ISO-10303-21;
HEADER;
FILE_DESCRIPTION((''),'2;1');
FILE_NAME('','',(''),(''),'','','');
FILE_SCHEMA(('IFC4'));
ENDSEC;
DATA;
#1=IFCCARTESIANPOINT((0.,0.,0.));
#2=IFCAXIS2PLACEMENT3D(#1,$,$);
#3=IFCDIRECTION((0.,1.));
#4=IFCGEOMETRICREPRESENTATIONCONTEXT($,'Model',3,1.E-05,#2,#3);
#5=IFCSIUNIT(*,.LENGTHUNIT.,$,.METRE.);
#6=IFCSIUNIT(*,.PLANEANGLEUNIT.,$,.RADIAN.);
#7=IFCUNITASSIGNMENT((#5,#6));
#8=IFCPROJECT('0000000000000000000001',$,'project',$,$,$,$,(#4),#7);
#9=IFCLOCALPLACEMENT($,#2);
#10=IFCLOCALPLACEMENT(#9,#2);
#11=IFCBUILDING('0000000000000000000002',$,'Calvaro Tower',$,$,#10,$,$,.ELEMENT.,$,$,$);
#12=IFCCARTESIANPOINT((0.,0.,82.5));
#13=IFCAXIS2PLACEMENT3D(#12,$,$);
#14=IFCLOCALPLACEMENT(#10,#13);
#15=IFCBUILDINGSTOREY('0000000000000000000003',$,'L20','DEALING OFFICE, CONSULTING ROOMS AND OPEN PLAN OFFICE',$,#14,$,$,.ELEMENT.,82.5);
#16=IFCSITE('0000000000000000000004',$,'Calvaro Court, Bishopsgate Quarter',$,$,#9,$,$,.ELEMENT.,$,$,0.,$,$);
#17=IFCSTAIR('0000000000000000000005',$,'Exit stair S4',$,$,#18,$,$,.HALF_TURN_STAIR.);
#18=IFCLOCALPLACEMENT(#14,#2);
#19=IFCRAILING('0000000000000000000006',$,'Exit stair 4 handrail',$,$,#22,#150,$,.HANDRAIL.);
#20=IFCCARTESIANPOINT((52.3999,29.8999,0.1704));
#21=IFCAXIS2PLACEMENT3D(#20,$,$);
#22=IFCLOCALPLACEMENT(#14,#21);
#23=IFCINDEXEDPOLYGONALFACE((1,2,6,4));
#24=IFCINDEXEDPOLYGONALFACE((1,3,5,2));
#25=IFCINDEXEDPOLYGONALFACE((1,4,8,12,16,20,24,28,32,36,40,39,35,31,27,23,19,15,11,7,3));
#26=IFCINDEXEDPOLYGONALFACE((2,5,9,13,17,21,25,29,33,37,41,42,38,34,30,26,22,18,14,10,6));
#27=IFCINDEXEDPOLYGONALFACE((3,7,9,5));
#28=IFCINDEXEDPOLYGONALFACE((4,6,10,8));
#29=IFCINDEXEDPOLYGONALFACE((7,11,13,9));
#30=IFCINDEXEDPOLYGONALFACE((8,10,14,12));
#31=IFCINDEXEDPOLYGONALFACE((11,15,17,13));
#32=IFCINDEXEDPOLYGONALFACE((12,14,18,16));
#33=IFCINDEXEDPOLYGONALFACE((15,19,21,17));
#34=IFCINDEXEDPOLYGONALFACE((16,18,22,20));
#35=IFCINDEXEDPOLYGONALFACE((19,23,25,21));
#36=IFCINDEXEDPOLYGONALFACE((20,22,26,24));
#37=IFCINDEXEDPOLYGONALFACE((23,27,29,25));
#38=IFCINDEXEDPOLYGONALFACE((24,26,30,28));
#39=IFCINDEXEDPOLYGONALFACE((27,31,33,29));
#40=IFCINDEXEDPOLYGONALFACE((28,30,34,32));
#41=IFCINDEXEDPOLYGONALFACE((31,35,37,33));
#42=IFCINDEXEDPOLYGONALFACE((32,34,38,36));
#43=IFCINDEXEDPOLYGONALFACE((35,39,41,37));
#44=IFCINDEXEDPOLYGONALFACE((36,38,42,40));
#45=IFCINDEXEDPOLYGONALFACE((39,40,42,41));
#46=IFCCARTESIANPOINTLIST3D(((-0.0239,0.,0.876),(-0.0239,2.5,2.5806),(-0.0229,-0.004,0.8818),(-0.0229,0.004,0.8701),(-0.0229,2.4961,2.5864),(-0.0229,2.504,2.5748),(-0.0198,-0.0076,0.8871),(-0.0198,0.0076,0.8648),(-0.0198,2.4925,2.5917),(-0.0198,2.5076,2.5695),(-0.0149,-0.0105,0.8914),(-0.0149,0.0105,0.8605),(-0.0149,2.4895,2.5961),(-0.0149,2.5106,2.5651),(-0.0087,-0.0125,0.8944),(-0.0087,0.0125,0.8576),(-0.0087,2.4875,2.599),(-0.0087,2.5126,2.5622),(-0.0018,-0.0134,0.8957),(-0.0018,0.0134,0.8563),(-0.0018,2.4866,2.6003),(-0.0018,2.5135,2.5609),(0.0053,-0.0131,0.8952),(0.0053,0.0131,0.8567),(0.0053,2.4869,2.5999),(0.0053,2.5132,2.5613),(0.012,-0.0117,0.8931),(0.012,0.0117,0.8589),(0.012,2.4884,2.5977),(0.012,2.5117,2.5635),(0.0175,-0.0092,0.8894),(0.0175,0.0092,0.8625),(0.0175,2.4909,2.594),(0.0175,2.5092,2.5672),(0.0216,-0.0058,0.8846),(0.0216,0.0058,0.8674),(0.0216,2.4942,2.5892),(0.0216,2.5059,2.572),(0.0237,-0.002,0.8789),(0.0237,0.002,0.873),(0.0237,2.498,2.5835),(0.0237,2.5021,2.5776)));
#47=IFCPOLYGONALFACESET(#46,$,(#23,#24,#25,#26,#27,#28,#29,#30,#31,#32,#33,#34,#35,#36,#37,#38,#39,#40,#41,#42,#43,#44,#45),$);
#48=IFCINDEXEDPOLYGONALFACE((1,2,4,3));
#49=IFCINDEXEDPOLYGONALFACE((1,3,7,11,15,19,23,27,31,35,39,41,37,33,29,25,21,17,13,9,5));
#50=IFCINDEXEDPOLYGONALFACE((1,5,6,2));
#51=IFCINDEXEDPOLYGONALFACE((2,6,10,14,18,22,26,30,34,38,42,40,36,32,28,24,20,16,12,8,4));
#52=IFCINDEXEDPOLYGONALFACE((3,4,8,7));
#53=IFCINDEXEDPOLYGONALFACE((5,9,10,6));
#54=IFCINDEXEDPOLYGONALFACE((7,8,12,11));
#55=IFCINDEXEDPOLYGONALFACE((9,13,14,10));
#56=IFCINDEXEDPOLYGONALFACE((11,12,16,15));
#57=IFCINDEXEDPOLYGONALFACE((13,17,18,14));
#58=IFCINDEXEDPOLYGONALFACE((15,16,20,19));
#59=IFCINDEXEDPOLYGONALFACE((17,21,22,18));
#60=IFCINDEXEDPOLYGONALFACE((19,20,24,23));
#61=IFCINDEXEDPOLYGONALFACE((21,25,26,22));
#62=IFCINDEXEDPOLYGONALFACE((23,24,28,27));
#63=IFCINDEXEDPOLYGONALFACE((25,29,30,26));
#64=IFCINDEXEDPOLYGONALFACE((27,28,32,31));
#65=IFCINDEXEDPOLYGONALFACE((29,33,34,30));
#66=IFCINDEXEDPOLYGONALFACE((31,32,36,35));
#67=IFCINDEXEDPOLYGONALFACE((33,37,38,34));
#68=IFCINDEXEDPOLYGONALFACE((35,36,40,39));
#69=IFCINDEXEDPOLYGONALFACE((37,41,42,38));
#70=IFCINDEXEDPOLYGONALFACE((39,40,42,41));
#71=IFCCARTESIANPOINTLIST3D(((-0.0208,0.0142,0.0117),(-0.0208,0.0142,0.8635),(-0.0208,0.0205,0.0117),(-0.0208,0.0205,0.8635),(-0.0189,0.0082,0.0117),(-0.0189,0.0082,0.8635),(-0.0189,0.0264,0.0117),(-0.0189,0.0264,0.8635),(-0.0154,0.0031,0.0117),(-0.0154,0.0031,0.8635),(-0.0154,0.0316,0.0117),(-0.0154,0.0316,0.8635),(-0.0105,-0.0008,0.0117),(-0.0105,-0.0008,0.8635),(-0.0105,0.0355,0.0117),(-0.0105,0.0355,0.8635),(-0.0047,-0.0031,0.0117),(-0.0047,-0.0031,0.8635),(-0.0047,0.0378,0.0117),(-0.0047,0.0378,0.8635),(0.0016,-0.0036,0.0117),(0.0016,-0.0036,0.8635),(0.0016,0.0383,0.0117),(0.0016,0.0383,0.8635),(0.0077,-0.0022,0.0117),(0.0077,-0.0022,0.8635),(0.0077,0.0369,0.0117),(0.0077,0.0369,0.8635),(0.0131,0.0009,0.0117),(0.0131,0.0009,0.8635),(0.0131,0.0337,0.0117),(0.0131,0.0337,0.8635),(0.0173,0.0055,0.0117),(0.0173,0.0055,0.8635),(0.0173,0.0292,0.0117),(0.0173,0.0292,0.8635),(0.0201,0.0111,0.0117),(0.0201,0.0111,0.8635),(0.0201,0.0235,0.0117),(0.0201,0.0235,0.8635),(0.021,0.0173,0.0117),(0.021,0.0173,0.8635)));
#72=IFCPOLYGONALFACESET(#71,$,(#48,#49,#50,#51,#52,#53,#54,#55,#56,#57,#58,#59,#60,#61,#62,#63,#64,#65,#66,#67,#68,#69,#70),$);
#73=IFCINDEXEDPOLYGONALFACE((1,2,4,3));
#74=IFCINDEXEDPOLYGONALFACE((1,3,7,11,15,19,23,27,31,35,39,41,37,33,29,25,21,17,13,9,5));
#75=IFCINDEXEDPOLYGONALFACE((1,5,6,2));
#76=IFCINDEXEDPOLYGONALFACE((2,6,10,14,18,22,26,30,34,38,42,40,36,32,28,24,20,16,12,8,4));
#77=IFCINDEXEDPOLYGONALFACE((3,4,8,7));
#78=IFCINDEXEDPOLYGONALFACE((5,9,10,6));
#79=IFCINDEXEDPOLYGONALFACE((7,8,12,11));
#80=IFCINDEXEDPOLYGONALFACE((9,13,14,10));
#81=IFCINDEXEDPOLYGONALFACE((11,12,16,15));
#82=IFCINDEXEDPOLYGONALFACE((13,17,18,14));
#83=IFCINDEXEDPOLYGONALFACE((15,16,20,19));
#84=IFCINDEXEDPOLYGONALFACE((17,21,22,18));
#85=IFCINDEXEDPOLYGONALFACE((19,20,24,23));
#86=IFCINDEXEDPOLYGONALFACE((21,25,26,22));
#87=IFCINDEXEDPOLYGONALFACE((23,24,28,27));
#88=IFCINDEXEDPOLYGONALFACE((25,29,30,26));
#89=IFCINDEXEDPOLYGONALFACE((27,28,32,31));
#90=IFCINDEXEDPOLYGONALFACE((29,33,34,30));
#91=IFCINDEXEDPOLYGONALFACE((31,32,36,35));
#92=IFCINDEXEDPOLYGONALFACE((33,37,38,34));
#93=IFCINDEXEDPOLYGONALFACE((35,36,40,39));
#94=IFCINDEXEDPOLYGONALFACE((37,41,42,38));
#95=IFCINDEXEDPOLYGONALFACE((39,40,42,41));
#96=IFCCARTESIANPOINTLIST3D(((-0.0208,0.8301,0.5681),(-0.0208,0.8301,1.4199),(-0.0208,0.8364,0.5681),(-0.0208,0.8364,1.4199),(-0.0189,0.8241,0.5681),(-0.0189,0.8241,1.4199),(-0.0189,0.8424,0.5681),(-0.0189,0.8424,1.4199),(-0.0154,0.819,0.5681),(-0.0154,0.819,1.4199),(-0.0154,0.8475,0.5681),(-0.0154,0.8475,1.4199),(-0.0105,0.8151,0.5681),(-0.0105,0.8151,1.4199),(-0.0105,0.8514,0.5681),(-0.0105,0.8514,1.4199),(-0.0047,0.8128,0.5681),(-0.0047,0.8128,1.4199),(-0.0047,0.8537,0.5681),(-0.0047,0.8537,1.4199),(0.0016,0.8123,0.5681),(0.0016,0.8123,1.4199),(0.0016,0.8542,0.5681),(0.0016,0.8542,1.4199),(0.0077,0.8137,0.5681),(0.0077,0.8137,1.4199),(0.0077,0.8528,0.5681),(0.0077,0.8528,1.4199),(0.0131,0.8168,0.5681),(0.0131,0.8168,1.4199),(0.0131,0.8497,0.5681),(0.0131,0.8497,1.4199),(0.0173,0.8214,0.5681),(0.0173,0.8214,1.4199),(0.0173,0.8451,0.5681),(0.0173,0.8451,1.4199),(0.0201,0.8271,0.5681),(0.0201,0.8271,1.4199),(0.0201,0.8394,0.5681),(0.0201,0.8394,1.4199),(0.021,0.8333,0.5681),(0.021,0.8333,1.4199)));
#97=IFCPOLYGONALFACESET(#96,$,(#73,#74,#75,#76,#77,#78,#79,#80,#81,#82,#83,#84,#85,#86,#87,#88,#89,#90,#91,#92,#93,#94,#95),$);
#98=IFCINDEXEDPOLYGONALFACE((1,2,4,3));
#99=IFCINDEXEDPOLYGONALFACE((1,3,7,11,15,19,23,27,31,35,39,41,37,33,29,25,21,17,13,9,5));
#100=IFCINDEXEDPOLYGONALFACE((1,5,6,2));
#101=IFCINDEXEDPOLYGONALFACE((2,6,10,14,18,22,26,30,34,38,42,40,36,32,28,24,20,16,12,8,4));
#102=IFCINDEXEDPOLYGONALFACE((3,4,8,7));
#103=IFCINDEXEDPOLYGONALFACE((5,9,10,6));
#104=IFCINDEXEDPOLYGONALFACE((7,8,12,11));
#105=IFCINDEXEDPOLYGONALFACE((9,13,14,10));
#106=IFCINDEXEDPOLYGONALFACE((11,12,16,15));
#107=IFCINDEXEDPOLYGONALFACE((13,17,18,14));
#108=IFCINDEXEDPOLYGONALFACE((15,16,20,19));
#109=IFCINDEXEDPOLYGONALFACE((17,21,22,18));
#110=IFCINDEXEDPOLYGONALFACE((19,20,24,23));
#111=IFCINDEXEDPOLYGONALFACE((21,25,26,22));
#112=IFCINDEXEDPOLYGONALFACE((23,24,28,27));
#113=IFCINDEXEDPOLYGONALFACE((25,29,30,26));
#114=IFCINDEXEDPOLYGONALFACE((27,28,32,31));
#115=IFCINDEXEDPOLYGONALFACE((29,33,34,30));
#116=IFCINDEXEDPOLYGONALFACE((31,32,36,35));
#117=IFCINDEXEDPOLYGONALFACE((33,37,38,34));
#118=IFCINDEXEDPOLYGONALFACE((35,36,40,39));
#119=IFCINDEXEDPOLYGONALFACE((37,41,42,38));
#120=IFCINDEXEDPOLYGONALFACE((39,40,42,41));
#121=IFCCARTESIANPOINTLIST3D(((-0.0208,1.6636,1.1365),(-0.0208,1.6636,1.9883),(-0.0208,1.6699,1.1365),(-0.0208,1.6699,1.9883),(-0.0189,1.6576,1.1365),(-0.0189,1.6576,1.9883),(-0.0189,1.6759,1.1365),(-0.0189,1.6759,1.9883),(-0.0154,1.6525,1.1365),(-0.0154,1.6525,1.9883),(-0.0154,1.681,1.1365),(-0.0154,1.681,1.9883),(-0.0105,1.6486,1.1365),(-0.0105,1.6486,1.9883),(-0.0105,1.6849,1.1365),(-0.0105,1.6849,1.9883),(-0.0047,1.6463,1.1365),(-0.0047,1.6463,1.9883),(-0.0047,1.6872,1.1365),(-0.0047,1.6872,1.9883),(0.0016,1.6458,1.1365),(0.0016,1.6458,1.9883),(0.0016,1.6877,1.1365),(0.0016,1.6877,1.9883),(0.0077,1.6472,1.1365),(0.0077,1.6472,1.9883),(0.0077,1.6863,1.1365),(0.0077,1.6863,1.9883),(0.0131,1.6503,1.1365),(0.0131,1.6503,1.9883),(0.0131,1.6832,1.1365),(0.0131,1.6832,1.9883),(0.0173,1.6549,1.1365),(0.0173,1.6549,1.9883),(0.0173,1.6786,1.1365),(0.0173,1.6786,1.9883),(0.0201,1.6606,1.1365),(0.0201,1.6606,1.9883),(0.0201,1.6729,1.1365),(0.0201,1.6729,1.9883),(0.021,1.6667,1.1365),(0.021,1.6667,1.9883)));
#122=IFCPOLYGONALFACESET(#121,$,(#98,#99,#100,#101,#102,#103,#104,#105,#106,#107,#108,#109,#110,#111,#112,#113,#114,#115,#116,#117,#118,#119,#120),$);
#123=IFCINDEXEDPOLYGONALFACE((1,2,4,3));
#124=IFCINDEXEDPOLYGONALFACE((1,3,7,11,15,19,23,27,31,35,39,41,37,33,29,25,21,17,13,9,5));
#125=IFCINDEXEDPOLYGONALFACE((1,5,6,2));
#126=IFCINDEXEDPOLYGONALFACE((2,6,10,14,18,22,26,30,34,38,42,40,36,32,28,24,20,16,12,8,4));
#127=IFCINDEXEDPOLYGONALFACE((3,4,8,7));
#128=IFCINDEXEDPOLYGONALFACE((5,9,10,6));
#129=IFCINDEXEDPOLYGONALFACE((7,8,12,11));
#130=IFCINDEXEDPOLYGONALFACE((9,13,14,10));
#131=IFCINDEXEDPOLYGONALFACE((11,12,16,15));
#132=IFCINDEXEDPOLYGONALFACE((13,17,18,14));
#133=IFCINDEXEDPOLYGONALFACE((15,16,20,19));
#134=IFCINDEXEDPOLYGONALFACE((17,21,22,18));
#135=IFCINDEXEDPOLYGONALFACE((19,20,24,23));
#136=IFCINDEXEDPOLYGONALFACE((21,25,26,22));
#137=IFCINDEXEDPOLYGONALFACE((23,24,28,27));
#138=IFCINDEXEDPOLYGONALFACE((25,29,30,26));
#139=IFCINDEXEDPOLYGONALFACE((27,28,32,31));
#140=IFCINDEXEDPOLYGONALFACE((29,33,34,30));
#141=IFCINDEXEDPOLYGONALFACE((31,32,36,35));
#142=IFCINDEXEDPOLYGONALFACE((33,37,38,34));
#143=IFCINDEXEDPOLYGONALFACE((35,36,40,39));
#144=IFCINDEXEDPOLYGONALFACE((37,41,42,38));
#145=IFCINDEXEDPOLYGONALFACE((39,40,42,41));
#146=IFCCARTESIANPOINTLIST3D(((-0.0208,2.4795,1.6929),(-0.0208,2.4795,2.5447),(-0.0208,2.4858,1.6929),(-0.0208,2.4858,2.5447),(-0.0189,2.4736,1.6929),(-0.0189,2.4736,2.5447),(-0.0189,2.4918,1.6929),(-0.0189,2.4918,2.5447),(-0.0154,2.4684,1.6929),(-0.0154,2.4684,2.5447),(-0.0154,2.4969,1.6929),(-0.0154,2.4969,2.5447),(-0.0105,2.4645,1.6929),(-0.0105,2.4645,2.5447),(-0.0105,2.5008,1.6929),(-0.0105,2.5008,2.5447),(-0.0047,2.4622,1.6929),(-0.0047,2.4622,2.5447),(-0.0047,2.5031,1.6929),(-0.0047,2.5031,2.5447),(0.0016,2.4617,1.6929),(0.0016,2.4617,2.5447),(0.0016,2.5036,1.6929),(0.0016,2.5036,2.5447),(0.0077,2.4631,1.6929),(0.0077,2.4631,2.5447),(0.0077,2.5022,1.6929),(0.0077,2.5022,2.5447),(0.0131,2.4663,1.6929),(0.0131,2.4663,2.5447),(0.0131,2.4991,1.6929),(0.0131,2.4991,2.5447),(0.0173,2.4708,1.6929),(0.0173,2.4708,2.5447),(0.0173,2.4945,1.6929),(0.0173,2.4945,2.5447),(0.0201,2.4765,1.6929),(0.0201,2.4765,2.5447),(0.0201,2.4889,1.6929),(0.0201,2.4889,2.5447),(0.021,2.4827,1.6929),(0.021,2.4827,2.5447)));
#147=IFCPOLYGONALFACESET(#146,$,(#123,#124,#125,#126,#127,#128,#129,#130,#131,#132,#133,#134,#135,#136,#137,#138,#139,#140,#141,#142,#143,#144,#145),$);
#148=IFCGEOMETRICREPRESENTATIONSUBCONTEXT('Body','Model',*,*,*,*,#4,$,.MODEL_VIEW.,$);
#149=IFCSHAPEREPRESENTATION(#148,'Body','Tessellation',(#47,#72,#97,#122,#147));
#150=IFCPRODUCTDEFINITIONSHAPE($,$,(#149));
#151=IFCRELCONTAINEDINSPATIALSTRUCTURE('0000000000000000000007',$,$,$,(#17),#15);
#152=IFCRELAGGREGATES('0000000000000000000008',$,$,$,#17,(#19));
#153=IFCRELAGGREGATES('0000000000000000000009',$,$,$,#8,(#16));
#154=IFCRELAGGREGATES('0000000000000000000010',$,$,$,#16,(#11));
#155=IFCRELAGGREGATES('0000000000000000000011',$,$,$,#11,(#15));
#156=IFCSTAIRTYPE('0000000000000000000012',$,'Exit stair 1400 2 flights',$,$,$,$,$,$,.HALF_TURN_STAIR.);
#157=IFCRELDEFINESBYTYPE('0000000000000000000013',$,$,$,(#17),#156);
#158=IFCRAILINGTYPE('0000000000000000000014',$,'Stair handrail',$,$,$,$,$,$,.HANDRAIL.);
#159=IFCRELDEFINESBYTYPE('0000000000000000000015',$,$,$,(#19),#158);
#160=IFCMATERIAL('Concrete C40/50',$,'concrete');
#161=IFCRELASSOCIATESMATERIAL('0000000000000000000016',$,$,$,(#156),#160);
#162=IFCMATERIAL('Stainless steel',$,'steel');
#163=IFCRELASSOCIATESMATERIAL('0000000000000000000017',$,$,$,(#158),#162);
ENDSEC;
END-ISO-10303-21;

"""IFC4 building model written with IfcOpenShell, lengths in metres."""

from ifc_helpers import new_model, si_unit, direction, frame, origin, origin_2d, place, context, subcontext, project, spatial, circle, extrude, material, type_object, element, aggregate, save


model = new_model("IFC4")

# Units and contexts
model_context = context("Model", 3, precision=1e-05, world=origin(), true_north=direction((0.0, 1.0)))
body_context = subcontext(model_context, "Body", "Model", "MODEL_VIEW")
ifc_project = project(units=[si_unit("LENGTHUNIT", "METRE"), si_unit("PLANEANGLEUNIT", "RADIAN")], contexts=[model_context])

# Site, building, storey
site_placement = place(None, origin())
site = spatial("IfcSite", under=ifc_project, at=site_placement, Name="Calvaro Court, Bishopsgate Quarter", CompositionType="ELEMENT", RefElevation=0.0)
building_placement = place(site_placement, origin())
building = spatial("IfcBuilding", under=site, at=building_placement, Name="Calvaro Tower", CompositionType="ELEMENT")
storey_placement = place(building_placement, frame((0.0, 0.0, 82.5)))
storey = spatial("IfcBuildingStorey", under=building, at=storey_placement, Name="L20", Description="DEALING OFFICE, CONSULTING ROOMS AND OPEN PLAN OFFICE", CompositionType="ELEMENT", Elevation=82.5)

# Stair
ifc_material_1 = material(Name="Concrete C40/50", Category="concrete")
stair_type = type_object("IfcStairType", Name="Exit stair 1400 2 flights", PredefinedType="HALF_TURN_STAIR", material=ifc_material_1)
stair_1_placement = place(storey_placement, origin())
stair_1 = element("IfcStair", 1, at=stair_1_placement, inside=storey, type_object=stair_type, Name="Exit stair S4", PredefinedType="HALF_TURN_STAIR")

# Railing
ifc_material_2 = material(Name="Stainless steel", Category="steel")
railing_type = type_object("IfcRailingType", Name="Stair handrail", PredefinedType="HANDRAIL", material=ifc_material_2)
railing_1_placement = place(storey_placement, frame((52.3999, 29.8999, 0.1704)))
railing_1 = element("IfcRailing", 2, at=railing_1_placement, type_object=railing_type, Name="Exit stair 4 handrail", PredefinedType="HANDRAIL", context=body_context, shape_type="SweptSolid", body=[
    extrude(circle(Radius=0.0239, at=origin_2d()), frame((0.0, 0.0, 0.876), z_axis=(0.0, 0.826221, 0.563347), x_axis=(-1.0, 0.0, 0.0)), (0.0, 0.0, 1.0), 3.0259),
    extrude(circle(Radius=0.021, at=origin_2d()), frame((0.0, 0.0173, 0.0117)), (0.0, 0.0, 1.0), 0.8518),
    extrude(circle(Radius=0.021, at=origin_2d()), frame((0.0, 0.8333, 0.5681)), (0.0, 0.0, 1.0), 0.8518),
    extrude(circle(Radius=0.021, at=origin_2d()), frame((0.0, 1.6667, 1.1365)), (0.0, 0.0, 1.0), 0.8518),
    extrude(circle(Radius=0.021, at=origin_2d()), frame((0.0, 2.4827, 1.6929)), (0.0, 0.0, 1.0), 0.8518),
])
aggregate(stair_1, [railing_1])

save(model, "model.ifc")
